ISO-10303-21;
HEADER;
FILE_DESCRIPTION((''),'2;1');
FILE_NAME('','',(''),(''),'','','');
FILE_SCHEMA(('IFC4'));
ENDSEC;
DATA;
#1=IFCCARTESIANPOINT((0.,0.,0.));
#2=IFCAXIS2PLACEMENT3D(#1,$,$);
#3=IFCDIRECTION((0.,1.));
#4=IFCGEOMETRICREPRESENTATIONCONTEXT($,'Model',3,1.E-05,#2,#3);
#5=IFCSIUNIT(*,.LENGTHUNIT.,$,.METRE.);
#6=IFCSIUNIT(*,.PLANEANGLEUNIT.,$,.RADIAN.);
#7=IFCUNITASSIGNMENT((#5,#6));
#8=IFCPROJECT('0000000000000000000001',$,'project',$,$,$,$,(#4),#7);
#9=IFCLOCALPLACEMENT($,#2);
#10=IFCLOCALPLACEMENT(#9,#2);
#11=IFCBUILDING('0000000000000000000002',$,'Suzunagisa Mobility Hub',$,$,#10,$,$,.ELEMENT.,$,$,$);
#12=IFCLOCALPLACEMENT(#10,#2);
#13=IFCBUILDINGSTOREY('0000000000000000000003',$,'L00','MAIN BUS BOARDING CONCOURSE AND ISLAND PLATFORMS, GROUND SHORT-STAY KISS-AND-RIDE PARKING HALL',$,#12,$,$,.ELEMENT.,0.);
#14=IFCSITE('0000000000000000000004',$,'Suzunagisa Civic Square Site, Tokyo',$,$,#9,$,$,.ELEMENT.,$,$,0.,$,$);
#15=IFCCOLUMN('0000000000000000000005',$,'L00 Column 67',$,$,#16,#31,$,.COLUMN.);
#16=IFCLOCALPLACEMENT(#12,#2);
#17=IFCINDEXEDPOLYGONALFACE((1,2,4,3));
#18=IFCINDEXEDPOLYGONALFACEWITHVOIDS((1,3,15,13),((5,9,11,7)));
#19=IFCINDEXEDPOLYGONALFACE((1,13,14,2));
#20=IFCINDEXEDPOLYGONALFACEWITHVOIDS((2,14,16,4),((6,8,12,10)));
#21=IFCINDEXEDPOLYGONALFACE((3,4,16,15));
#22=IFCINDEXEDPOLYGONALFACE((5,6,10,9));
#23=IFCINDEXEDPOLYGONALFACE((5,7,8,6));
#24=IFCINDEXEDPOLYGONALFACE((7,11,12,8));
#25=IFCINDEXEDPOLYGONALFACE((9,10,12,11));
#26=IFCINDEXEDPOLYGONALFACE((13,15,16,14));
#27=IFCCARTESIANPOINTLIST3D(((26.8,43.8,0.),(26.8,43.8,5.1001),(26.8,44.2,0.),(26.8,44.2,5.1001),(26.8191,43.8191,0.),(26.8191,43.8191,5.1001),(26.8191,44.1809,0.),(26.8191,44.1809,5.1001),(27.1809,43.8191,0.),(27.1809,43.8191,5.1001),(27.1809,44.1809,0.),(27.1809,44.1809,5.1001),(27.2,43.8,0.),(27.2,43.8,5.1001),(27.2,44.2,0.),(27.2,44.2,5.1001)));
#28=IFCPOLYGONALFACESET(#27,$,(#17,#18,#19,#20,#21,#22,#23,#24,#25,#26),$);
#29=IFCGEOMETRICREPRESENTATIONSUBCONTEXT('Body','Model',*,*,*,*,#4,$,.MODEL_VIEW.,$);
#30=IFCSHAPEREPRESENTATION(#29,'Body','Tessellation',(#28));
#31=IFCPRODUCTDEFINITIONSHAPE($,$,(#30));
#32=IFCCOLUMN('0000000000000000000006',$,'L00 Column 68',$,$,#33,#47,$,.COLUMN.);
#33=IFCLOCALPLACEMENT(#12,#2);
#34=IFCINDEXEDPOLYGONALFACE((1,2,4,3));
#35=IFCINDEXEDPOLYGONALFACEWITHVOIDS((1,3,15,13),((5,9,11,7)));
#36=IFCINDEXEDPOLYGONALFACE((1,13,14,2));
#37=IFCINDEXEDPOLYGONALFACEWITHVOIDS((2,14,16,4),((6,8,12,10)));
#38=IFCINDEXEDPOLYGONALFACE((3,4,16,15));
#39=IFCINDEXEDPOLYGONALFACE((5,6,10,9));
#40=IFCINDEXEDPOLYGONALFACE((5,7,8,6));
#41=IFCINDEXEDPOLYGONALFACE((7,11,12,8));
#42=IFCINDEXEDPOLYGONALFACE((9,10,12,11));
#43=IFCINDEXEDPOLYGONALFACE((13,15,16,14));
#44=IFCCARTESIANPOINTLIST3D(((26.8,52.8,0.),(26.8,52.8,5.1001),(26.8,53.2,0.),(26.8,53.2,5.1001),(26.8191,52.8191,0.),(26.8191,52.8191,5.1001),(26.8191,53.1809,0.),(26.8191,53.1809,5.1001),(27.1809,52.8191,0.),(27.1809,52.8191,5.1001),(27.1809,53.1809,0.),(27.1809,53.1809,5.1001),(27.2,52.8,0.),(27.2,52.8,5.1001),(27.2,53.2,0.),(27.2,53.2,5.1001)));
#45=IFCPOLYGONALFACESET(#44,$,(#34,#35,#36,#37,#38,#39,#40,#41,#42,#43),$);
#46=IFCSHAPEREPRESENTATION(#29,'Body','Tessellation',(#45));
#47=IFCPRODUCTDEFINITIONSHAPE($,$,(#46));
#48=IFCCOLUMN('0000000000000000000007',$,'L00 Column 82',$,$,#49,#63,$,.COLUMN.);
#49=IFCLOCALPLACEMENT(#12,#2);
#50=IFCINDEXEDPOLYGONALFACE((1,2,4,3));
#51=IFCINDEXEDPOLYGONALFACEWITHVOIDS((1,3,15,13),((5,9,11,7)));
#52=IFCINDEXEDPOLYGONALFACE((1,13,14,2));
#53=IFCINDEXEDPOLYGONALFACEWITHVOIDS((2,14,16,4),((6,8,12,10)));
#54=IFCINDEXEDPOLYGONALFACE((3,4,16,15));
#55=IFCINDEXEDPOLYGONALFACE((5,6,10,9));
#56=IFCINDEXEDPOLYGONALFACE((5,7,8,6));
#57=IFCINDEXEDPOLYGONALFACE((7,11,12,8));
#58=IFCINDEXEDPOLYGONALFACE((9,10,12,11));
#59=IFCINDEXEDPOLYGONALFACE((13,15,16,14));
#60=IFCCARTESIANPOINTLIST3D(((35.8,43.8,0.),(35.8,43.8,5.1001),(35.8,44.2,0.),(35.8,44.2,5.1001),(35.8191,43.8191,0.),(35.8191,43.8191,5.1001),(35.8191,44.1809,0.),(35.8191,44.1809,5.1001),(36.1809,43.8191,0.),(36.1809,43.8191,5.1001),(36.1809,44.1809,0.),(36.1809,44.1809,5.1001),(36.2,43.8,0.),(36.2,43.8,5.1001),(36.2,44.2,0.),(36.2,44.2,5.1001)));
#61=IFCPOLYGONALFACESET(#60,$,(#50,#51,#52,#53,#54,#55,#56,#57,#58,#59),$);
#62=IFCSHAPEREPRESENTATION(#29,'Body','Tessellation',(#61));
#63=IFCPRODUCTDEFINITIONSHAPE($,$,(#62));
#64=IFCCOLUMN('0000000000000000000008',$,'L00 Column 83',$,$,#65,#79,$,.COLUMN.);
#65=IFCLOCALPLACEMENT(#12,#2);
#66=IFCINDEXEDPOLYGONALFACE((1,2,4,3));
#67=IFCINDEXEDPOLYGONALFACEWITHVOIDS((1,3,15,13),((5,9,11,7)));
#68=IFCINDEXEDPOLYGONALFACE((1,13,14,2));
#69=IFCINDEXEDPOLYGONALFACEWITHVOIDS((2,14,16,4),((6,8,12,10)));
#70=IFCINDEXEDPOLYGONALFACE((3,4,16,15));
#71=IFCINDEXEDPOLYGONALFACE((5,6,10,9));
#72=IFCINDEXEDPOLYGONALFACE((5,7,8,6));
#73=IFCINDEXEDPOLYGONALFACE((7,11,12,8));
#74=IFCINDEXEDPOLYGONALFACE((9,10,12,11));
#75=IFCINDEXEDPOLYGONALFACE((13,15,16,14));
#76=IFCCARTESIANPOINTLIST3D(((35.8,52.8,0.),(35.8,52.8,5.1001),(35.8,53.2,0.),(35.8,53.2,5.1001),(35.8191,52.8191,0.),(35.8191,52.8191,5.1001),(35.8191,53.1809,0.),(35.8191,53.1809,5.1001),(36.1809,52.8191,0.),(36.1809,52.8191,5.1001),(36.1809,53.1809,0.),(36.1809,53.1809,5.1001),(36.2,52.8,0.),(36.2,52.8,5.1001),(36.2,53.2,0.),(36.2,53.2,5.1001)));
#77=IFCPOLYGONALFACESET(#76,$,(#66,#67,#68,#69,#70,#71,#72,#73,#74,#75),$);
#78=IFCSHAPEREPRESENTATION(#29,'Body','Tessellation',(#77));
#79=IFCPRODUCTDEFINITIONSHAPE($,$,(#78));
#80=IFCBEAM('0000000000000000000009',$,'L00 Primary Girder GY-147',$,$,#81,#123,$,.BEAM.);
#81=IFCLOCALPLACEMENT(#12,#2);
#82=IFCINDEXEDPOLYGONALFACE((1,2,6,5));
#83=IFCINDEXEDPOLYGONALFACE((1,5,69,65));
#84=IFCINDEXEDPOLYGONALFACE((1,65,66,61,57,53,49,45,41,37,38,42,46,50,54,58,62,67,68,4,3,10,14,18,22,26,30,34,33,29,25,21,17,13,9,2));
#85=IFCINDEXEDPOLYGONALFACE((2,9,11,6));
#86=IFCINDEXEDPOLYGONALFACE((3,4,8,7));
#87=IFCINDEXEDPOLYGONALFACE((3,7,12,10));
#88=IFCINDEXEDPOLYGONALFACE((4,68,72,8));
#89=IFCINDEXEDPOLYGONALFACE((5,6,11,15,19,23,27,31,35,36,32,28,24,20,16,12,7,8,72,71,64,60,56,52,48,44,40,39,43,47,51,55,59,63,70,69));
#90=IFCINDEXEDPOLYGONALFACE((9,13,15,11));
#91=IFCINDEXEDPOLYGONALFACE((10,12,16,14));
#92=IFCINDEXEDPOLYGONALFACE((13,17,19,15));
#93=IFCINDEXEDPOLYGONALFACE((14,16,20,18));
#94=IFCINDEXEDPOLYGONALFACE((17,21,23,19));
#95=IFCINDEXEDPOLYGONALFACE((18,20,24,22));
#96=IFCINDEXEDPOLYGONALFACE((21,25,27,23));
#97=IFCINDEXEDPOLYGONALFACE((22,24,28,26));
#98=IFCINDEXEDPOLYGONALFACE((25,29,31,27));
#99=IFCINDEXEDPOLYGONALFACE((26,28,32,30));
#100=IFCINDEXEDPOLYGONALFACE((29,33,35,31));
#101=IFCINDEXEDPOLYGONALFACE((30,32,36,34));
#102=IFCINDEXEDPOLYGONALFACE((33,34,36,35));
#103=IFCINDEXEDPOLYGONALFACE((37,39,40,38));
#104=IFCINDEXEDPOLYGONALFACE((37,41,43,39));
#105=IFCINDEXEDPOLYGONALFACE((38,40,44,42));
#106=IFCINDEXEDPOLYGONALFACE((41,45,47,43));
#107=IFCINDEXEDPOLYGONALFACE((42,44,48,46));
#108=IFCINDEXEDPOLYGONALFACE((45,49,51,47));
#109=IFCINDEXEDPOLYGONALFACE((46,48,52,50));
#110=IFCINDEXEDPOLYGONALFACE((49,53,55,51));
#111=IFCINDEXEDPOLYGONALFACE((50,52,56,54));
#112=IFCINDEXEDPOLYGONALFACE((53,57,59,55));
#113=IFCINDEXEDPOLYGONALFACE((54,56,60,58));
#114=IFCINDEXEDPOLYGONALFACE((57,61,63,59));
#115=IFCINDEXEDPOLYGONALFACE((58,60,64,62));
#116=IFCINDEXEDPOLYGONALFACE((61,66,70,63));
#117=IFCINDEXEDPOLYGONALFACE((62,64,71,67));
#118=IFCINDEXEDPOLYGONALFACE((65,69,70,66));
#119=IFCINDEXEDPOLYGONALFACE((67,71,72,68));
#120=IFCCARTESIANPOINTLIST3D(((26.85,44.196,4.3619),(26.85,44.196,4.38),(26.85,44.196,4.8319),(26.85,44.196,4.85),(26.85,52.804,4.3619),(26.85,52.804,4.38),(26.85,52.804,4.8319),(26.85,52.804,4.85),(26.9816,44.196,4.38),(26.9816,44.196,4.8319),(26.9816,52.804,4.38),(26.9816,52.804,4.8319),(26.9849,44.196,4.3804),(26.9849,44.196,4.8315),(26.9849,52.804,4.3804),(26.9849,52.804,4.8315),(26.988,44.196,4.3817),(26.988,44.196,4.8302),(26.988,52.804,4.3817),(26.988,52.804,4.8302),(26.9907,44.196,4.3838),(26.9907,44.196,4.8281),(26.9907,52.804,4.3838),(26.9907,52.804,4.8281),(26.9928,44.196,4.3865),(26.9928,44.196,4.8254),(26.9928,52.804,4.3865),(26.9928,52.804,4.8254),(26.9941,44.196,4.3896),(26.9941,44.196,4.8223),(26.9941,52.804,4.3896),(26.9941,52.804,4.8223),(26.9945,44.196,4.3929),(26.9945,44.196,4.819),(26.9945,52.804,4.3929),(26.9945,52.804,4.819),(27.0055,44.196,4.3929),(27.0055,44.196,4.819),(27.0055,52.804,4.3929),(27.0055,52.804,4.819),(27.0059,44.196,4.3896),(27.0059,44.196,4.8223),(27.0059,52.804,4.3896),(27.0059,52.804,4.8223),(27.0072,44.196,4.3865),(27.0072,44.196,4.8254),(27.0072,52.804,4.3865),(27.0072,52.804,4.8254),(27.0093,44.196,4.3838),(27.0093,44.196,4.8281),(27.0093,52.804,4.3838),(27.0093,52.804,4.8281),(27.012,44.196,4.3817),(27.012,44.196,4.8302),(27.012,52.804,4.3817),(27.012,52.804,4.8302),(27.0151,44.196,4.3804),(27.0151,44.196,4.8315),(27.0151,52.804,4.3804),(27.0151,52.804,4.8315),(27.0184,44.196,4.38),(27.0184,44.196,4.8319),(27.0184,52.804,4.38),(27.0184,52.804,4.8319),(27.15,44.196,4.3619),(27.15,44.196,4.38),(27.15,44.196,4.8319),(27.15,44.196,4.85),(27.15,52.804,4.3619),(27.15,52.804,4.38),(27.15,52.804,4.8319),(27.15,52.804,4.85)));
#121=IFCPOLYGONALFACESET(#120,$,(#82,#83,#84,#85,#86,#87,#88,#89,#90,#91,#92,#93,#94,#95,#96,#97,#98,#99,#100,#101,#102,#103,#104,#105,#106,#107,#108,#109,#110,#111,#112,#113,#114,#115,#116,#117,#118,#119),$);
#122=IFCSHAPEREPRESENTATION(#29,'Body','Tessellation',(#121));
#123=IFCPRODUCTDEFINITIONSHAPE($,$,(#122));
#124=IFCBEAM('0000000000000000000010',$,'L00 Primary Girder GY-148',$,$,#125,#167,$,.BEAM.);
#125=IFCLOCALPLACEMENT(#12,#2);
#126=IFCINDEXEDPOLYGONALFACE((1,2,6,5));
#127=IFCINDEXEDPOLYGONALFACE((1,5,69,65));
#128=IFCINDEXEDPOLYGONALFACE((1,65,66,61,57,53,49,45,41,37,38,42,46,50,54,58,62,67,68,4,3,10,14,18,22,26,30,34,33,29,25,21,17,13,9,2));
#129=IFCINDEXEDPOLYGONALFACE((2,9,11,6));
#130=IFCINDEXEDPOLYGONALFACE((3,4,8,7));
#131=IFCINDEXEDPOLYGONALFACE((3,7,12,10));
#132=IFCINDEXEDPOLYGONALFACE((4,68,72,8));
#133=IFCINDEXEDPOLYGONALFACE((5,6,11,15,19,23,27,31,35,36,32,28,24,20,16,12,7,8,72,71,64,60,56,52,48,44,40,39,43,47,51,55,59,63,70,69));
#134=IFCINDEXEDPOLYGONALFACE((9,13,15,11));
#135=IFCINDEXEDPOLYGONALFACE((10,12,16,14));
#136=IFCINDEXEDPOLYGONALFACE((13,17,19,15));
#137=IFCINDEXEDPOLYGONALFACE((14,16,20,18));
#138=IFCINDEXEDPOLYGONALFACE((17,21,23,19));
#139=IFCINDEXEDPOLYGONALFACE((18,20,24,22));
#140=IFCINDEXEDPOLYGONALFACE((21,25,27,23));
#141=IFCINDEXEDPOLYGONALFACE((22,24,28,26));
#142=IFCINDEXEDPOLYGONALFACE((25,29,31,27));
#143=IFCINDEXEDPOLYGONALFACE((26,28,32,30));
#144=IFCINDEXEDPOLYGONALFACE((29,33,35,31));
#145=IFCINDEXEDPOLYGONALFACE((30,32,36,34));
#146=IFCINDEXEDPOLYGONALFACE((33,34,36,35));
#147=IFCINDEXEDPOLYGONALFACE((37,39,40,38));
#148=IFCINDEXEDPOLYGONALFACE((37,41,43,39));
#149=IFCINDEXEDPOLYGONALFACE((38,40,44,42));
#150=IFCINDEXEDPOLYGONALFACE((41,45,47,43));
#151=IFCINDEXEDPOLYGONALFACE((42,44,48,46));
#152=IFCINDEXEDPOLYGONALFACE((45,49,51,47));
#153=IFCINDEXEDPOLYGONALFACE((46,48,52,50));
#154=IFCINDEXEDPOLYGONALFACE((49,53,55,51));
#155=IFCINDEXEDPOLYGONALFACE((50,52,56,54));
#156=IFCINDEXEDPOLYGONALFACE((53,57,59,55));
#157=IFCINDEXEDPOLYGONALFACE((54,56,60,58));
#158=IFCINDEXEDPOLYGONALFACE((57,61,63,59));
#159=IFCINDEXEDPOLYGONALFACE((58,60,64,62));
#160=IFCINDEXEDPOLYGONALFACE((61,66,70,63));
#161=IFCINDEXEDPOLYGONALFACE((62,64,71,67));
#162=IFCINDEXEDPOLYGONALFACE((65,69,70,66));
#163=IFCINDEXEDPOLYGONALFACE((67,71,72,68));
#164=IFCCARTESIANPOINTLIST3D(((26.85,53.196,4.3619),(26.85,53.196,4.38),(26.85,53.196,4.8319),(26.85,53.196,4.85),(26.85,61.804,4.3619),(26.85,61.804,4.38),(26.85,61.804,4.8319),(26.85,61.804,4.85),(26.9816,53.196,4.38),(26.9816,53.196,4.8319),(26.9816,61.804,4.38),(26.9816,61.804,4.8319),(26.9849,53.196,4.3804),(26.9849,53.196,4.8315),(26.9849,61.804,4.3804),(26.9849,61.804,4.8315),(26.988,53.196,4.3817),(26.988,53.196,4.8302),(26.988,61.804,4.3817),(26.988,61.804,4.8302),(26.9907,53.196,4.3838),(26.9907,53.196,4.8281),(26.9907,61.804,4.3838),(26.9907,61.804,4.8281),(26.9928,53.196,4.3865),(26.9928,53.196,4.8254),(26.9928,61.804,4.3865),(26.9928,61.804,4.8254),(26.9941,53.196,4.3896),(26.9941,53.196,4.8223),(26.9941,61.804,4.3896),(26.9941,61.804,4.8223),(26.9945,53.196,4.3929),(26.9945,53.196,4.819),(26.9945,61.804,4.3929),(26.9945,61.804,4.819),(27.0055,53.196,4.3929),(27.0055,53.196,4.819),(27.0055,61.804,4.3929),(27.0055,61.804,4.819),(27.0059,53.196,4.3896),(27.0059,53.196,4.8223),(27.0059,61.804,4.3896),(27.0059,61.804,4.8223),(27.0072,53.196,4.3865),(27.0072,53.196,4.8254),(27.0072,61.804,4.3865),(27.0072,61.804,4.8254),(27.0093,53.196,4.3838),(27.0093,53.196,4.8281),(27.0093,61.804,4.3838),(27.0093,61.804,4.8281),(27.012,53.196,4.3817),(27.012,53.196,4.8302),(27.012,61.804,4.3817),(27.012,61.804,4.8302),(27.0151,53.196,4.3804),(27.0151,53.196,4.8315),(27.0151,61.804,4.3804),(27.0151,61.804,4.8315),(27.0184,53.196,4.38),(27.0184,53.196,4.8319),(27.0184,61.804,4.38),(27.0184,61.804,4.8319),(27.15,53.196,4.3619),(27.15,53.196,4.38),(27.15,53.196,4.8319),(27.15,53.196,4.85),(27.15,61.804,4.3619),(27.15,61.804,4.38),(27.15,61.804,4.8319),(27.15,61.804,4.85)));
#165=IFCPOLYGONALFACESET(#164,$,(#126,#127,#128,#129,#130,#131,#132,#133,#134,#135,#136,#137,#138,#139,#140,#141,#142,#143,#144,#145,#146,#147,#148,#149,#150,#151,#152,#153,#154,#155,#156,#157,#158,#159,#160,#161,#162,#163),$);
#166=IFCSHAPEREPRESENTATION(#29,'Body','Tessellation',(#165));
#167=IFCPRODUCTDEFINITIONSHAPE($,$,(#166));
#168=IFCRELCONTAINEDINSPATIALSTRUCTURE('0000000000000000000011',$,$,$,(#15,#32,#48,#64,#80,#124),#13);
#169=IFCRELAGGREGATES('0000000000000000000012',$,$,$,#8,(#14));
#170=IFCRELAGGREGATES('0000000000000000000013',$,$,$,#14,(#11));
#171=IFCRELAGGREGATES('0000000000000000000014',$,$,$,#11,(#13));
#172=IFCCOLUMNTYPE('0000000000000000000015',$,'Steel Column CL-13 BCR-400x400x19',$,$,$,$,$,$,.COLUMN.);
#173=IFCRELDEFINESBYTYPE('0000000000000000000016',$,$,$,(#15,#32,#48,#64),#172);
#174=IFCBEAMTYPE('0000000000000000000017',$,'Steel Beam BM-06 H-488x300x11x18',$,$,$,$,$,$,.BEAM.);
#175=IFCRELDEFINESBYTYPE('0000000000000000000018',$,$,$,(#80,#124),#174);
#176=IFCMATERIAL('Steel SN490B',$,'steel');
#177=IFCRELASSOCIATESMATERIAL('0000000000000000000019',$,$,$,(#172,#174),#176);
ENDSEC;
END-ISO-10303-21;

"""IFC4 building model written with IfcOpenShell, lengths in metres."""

from ifc_helpers import new_model, si_unit, direction, frame, origin, origin_2d, place, context, subcontext, project, spatial, hollow_rectangle, i_section, extrude, material, material_profile, profile_set, type_object, element, save


model = new_model("IFC4")

# Units and contexts
model_context = context("Model", 3, precision=1e-05, world=origin(), true_north=direction((0.0, 1.0)))
body_context = subcontext(model_context, "Body", "Model", "MODEL_VIEW")
ifc_project = project(units=[si_unit("LENGTHUNIT", "METRE"), si_unit("PLANEANGLEUNIT", "RADIAN")], contexts=[model_context])

# Site, building, storey
site_placement = place(None, origin())
site = spatial("IfcSite", under=ifc_project, at=site_placement, Name="Suzunagisa Civic Square Site, Tokyo", CompositionType="ELEMENT", RefElevation=0.0)
building_placement = place(site_placement, origin())
building = spatial("IfcBuilding", under=site, at=building_placement, Name="Suzunagisa Mobility Hub", CompositionType="ELEMENT")
storey_placement = place(building_placement, origin())
storey = spatial("IfcBuildingStorey", under=building, at=storey_placement, Name="L00", Description="MAIN BUS BOARDING CONCOURSE AND ISLAND PLATFORMS, GROUND SHORT-STAY KISS-AND-RIDE PARKING HALL", CompositionType="ELEMENT", Elevation=0.0)

# Columns
ifc_material_1 = material(Name="Steel SN490B", Category="steel")
ifc_material_profile_1 = material_profile(ifc_material_1, hollow_rectangle(XDim=0.3999, YDim=0.3999, WallThickness=0.019, at=origin_2d()), Name="BCR-400x400x19")
ifc_profile_set_1 = profile_set([ifc_material_profile_1], Name="Steel SN490B")
column_type = type_object("IfcColumnType", Name="Steel Column CL-13 BCR-400x400x19", PredefinedType="COLUMN", material=ifc_profile_set_1)
for number, where, z_axis, x_axis, name in (
    (1, (27.0, 44.0, 0.0), (0.0, 0.0, 1.0), (1.0, 0.0, 0.0), "L00 Column 67"),
    (2, (27.0, 53.0, 0.0), (0.0, 0.0, 1.0), (1.0, 0.0, 0.0), "L00 Column 68"),
    (3, (36.0, 44.0, 0.0), (0.0, 0.0, 1.0), (1.0, 0.0, 0.0), "L00 Column 82"),
    (4, (36.0, 53.0, 0.0), (0.0, 0.0, 1.0), (1.0, 0.0, 0.0), "L00 Column 83"),
):
    element("IfcColumn", number, at=place(storey_placement, frame(where, z_axis=z_axis, x_axis=x_axis)), inside=storey, type_object=column_type, Name=name, PredefinedType="COLUMN", context=body_context, shape_type="SweptSolid", body=[
        extrude(hollow_rectangle(XDim=0.3999, YDim=0.3999, WallThickness=0.019, at=origin_2d()), origin(), (0.0, 0.0, 1.0), 5.1001),
    ])

# Beams
ifc_material_profile_2 = material_profile(ifc_material_1, i_section(OverallWidth=0.3, OverallDepth=0.488, WebThickness=0.011, FlangeThickness=0.0181, FilletRadius=0.0129, at=origin_2d()), Name="H-488x300x11x18")
ifc_profile_set_2 = profile_set([ifc_material_profile_2], Name="Steel SN490B")
beam_type_1 = type_object("IfcBeamType", Name="Steel Beam BM-06 H-488x300x11x18", PredefinedType="BEAM", material=ifc_profile_set_2)
for number, where, z_axis, x_axis, name in (
    (5, (27.0, 44.196, 4.606), (0.0, 1.0, 0.0), (-1.0, 0.0, 0.0), "L00 Primary Girder GY-147"),
    (6, (27.0, 53.196, 4.606), (0.0, 1.0, 0.0), (-1.0, 0.0, 0.0), "L00 Primary Girder GY-148"),
):
    element("IfcBeam", number, at=place(storey_placement, frame(where, z_axis=z_axis, x_axis=x_axis)), inside=storey, type_object=beam_type_1, Name=name, PredefinedType="BEAM", context=body_context, shape_type="SweptSolid", body=[
        extrude(i_section(OverallWidth=0.3, OverallDepth=0.488, WebThickness=0.011, FlangeThickness=0.0181, FilletRadius=0.0129, at=origin_2d()), origin(), (0.0, 0.0, 1.0), 8.6079),
    ])

save(model, "model.ifc")
